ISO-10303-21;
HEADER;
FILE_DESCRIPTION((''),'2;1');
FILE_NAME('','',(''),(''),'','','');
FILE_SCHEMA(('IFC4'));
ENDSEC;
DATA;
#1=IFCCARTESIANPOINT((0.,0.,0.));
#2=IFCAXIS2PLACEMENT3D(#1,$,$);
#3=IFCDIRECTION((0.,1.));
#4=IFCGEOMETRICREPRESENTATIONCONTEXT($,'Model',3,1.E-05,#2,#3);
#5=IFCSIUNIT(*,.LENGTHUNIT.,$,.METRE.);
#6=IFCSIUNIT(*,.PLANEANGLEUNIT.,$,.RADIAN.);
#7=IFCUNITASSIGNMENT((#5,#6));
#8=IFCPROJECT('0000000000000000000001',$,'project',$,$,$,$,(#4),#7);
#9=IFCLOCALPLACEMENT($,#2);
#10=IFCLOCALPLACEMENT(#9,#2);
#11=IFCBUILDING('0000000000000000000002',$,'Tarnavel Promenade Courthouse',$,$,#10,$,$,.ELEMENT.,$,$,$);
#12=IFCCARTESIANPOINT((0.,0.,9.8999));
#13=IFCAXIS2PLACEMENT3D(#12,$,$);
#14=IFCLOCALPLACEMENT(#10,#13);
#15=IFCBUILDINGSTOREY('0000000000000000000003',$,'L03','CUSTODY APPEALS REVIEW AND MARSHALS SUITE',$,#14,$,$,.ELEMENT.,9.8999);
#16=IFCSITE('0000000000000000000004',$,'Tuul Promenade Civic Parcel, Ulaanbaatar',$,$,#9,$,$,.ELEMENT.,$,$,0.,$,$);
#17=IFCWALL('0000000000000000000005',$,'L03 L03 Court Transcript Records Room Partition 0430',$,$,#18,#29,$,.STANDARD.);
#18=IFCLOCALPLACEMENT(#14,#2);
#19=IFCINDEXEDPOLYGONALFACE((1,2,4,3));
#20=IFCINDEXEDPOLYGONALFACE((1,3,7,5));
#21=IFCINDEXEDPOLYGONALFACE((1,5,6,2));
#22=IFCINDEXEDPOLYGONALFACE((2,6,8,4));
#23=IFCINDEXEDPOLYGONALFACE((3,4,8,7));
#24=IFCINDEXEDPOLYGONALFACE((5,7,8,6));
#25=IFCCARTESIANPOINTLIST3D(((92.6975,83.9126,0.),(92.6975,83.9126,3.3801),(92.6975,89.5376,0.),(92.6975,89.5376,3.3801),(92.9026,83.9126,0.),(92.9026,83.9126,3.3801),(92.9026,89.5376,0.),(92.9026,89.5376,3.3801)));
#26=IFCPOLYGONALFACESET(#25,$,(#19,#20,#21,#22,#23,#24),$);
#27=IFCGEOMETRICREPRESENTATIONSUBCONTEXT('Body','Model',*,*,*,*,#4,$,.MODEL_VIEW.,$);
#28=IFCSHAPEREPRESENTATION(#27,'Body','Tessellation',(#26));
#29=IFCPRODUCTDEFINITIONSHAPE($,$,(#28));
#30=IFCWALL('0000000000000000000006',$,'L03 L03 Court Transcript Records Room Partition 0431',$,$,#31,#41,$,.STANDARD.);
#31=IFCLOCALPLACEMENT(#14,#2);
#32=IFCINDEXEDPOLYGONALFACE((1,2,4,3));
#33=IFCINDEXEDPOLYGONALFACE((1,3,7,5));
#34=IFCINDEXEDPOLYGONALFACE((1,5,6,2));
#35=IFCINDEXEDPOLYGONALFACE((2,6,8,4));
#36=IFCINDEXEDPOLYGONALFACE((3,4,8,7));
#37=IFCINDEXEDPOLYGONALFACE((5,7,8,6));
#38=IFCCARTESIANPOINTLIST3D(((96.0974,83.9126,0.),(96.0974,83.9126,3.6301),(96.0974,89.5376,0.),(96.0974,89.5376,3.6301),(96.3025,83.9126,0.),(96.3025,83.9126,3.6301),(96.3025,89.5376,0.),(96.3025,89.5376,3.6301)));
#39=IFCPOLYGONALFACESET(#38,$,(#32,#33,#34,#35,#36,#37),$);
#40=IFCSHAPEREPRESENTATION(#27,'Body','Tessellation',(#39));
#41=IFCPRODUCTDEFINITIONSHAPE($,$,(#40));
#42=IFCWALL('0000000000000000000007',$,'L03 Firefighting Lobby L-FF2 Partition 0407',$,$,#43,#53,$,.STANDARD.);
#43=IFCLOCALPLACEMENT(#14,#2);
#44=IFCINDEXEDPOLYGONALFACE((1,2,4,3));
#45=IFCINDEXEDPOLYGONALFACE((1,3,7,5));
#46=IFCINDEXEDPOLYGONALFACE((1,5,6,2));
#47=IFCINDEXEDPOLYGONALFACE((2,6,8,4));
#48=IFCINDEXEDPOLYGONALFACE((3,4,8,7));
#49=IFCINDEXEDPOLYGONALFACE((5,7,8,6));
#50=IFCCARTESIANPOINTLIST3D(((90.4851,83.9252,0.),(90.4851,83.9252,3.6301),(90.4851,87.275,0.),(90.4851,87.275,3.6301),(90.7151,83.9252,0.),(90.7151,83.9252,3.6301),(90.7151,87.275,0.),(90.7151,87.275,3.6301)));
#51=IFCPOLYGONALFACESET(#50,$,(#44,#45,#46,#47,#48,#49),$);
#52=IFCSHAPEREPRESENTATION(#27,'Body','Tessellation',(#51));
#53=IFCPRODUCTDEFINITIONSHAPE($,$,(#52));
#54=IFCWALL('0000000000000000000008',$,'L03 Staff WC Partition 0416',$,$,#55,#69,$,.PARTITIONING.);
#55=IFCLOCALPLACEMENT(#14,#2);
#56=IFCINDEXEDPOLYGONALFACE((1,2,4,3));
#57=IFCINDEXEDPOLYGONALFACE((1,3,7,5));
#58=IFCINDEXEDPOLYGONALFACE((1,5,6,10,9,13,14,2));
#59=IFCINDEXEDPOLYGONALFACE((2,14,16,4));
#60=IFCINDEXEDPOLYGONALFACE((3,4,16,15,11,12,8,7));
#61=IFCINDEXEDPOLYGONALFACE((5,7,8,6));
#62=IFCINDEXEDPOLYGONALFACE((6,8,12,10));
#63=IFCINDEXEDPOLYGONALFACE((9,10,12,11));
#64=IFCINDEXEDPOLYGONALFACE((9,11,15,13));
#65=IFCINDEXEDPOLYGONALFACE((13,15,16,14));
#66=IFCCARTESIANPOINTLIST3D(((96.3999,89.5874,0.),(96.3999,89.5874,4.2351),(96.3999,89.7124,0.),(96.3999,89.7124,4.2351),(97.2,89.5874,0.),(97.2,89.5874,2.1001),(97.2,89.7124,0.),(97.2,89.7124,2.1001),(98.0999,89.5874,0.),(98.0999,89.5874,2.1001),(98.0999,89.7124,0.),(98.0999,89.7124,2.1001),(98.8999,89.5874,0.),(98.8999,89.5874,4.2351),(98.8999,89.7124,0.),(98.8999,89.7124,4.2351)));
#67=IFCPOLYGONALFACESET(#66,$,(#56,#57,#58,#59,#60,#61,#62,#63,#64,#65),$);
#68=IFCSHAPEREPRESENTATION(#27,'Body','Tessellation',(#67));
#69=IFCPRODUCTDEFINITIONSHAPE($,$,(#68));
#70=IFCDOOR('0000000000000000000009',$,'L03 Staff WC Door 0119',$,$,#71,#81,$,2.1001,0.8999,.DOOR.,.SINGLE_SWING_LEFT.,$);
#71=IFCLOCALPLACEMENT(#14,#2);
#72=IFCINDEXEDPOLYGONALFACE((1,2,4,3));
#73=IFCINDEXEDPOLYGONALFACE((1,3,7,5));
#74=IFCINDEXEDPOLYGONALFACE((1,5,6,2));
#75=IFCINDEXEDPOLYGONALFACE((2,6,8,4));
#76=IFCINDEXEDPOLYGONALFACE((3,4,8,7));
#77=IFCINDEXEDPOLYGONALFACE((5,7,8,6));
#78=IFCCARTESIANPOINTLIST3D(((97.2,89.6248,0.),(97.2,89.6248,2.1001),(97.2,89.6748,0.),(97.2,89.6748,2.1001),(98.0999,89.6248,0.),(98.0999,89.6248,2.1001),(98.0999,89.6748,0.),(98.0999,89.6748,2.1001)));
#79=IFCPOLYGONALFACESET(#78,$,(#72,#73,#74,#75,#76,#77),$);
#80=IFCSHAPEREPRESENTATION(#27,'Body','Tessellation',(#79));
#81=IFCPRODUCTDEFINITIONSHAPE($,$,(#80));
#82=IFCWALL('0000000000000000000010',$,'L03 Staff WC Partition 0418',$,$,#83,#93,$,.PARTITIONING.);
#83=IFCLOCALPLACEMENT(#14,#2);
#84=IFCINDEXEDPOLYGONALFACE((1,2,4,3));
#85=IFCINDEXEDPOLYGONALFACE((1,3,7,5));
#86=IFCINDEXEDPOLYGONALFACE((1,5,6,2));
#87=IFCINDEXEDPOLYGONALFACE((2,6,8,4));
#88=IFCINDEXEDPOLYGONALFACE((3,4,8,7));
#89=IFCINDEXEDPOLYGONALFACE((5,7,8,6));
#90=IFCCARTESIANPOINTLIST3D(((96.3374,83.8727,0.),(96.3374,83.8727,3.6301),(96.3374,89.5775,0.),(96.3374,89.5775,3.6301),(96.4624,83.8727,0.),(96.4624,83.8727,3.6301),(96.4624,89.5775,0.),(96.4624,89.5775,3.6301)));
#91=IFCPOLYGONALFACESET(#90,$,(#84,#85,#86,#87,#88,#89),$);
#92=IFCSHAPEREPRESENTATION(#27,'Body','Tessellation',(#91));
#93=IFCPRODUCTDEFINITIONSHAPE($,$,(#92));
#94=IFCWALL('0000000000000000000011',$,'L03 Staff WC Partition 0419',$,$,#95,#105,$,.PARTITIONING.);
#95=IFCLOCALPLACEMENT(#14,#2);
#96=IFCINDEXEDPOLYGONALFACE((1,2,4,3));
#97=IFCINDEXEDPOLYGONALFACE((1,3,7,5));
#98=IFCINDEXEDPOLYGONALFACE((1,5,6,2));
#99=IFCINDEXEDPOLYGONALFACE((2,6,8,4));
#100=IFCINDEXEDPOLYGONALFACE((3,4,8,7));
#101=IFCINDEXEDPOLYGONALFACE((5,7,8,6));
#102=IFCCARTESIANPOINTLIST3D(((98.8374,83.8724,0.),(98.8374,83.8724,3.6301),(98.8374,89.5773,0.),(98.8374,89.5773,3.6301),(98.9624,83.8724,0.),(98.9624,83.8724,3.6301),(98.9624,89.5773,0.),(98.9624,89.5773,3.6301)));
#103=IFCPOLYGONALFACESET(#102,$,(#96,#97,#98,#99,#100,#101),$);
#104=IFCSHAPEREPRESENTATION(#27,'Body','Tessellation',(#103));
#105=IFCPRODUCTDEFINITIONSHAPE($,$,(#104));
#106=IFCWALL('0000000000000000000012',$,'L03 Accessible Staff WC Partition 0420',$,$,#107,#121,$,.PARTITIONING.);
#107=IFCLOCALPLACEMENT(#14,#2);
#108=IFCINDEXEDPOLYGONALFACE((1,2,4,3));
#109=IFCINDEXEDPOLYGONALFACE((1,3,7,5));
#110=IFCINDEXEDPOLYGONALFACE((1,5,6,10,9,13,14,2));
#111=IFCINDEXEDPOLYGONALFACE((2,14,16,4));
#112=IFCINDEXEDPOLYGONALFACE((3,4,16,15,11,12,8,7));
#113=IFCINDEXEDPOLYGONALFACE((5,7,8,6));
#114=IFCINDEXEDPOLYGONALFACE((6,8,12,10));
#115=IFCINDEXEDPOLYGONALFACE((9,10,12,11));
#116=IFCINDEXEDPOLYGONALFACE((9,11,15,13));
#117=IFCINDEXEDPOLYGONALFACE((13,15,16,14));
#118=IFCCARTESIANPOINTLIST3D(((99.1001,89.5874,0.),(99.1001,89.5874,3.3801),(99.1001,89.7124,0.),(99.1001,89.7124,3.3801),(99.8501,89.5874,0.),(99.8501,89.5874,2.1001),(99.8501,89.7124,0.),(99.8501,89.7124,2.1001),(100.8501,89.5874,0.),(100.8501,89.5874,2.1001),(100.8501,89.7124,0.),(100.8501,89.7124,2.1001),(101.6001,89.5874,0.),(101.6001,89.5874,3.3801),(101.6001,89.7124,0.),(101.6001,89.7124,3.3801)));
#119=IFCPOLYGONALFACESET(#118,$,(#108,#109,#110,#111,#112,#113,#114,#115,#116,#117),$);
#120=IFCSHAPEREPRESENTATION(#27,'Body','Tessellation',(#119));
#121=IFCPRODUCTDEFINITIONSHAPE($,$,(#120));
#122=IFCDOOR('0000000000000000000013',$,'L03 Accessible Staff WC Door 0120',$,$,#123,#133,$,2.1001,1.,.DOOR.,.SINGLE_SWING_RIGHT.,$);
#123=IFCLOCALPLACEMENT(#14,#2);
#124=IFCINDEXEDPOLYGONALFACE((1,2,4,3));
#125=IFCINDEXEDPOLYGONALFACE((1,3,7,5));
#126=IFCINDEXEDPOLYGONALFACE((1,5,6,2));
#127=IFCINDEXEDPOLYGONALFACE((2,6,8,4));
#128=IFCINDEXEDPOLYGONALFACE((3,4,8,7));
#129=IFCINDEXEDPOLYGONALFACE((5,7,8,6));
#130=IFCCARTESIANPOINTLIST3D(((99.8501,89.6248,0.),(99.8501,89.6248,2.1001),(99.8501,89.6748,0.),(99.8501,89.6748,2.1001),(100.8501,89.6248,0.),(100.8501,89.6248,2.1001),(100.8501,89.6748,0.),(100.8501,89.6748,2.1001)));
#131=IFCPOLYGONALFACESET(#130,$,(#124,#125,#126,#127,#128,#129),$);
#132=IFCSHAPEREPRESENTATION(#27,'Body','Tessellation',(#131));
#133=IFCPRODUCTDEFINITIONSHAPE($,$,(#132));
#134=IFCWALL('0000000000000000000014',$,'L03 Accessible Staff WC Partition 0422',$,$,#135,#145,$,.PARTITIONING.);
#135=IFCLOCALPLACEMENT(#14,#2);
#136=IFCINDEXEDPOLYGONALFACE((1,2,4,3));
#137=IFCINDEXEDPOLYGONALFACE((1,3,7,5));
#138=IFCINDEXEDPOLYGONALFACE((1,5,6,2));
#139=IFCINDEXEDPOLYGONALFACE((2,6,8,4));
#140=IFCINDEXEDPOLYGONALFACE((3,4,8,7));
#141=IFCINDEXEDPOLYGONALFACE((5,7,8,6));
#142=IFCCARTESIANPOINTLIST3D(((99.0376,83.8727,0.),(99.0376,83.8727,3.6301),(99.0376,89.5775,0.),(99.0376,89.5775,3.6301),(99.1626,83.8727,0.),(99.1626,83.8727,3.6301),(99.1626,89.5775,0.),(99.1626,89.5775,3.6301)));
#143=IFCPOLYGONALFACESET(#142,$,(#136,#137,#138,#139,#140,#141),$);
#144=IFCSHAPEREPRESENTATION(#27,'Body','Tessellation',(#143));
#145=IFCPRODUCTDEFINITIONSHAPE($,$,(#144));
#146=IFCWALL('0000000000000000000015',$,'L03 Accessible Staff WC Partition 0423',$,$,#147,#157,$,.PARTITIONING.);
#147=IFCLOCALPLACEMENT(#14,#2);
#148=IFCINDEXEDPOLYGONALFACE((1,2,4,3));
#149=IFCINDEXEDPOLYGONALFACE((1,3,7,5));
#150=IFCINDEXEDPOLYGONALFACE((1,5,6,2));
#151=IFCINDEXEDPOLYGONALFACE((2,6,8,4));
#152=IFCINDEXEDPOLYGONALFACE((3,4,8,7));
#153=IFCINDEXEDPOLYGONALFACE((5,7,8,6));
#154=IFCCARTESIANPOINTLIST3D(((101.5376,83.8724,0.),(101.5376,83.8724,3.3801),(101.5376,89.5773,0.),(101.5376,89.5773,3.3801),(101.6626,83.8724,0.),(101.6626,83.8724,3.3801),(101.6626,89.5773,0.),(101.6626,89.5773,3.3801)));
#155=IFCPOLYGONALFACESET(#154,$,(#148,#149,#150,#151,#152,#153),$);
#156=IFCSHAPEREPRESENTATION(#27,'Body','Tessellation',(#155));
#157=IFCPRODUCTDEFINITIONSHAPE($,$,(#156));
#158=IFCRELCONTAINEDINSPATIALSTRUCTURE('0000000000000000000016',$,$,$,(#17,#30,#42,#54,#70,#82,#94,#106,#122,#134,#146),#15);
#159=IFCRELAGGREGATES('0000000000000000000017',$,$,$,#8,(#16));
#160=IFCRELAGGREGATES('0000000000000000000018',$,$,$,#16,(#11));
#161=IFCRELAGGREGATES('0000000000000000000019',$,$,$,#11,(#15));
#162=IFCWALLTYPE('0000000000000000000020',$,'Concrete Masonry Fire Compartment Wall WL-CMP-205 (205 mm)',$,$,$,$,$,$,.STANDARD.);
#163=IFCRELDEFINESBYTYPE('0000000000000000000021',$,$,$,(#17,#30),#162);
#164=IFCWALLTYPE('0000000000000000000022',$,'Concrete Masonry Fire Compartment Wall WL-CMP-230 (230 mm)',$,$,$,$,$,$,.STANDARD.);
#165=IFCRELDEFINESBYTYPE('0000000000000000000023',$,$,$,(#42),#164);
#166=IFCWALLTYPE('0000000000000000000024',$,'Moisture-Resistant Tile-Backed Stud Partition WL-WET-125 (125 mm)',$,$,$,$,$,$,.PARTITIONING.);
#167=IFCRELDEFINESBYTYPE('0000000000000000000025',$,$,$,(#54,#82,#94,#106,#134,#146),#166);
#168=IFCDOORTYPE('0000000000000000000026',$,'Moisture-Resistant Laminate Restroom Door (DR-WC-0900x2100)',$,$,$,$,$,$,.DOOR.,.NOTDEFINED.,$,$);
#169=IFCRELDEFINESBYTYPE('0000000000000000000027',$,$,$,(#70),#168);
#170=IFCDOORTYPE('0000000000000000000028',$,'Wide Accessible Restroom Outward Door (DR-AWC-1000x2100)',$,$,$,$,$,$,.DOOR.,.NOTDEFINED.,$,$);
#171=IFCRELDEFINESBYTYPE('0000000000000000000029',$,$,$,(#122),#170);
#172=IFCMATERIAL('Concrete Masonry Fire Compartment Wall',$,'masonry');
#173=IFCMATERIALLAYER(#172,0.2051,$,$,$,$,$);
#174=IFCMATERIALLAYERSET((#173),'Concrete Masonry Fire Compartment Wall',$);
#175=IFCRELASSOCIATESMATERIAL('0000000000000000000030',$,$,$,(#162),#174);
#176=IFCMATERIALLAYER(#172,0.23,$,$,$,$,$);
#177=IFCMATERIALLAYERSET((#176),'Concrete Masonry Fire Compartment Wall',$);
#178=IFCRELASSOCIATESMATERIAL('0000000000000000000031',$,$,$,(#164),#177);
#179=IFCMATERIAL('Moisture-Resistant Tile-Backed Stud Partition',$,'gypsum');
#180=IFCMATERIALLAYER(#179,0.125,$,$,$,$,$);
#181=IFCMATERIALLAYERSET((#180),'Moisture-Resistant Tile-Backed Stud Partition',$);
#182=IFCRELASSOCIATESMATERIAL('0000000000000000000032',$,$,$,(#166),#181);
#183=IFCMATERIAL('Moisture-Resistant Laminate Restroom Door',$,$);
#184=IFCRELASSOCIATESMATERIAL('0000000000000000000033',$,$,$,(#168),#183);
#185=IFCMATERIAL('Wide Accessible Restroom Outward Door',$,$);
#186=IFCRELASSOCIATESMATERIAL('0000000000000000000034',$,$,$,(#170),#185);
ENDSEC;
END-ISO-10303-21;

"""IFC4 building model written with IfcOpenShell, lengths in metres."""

from ifc_helpers import new_model, si_unit, direction, frame, frame_2d, origin, place, context, subcontext, project, spatial, rectangle, extrude, material, layer, layer_set, type_object, element, fill, save


model = new_model("IFC4")

# Units and contexts
model_context = context("Model", 3, precision=1e-05, world=origin(), true_north=direction((0.0, 1.0)))
body_context = subcontext(model_context, "Body", "Model", "MODEL_VIEW")
ifc_project = project(units=[si_unit("LENGTHUNIT", "METRE"), si_unit("PLANEANGLEUNIT", "RADIAN")], contexts=[model_context])

# Site, building, storey
site_placement = place(None, origin())
site = spatial("IfcSite", under=ifc_project, at=site_placement, Name="Tuul Promenade Civic Parcel, Ulaanbaatar", CompositionType="ELEMENT", RefElevation=0.0)
building_placement = place(site_placement, origin())
building = spatial("IfcBuilding", under=site, at=building_placement, Name="Tarnavel Promenade Courthouse", CompositionType="ELEMENT")
storey_placement = place(building_placement, frame((0.0, 0.0, 9.8999)))
storey = spatial("IfcBuildingStorey", under=building, at=storey_placement, Name="L03", Description="CUSTODY APPEALS REVIEW AND MARSHALS SUITE", CompositionType="ELEMENT", Elevation=9.8999)

# Shared definitions
ifc_material_1 = material(Name="Concrete Masonry Fire Compartment Wall", Category="masonry")
ifc_layer_1 = layer(ifc_material_1, 0.2051)
ifc_layer_set_1 = layer_set([ifc_layer_1], Name="Concrete Masonry Fire Compartment Wall")
wall_type_1 = type_object("IfcWallType", Name="Concrete Masonry Fire Compartment Wall WL-CMP-205 (205 mm)", PredefinedType="STANDARD", material=ifc_layer_set_1)

# Walls
wall_1_placement = place(storey_placement, frame((92.8, 83.9126, 0.0), z_axis=(0.0, 0.0, 1.0), x_axis=(0.0, 1.0, 0.0)))
element("IfcWall", 1, at=wall_1_placement, inside=storey, type_object=wall_type_1, Name="L03 L03 Court Transcript Records Room Partition 0430", PredefinedType="STANDARD", context=body_context, shape_type="SweptSolid", body=[
    extrude(rectangle(XDim=5.625, YDim=0.2051, at=frame_2d((2.8125, 0.0))), origin(), (0.0, 0.0, 1.0), 3.3801),
])
wall_2_placement = place(storey_placement, frame((96.2, 89.5376, 0.0), z_axis=(0.0, 0.0, 1.0), x_axis=(0.0, -1.0, 0.0)))
element("IfcWall", 2, at=wall_2_placement, inside=storey, type_object=wall_type_1, Name="L03 L03 Court Transcript Records Room Partition 0431", PredefinedType="STANDARD", context=body_context, shape_type="SweptSolid", body=[
    extrude(rectangle(XDim=5.625, YDim=0.2051, at=frame_2d((2.8125, 0.0))), origin(), (0.0, 0.0, 1.0), 3.6301),
])
ifc_layer_2 = layer(ifc_material_1, 0.23)
ifc_layer_set_2 = layer_set([ifc_layer_2], Name="Concrete Masonry Fire Compartment Wall")
wall_type_2 = type_object("IfcWallType", Name="Concrete Masonry Fire Compartment Wall WL-CMP-230 (230 mm)", PredefinedType="STANDARD", material=ifc_layer_set_2)
wall_3_placement = place(storey_placement, frame((90.6001, 87.2749, 0.0), z_axis=(0.0, 0.0, 1.0), x_axis=(0.0, -1.0, 0.0)))
element("IfcWall", 3, at=wall_3_placement, inside=storey, type_object=wall_type_2, Name="L03 Firefighting Lobby L-FF2 Partition 0407", PredefinedType="STANDARD", context=body_context, shape_type="SweptSolid", body=[
    extrude(rectangle(XDim=3.3499, YDim=0.23, at=frame_2d((1.6748, 0.0))), origin(), (0.0, 0.0, 1.0), 3.6301),
])

# Wall, opening, door
ifc_material_2 = material(Name="Moisture-Resistant Tile-Backed Stud Partition", Category="gypsum")
ifc_layer_3 = layer(ifc_material_2, 0.125)
ifc_layer_set_3 = layer_set([ifc_layer_3], Name="Moisture-Resistant Tile-Backed Stud Partition")
wall_type_3 = type_object("IfcWallType", Name="Moisture-Resistant Tile-Backed Stud Partition WL-WET-125 (125 mm)", PredefinedType="PARTITIONING", material=ifc_layer_set_3)
wall_4_placement = place(storey_placement, frame((96.3999, 89.6499, 0.0), z_axis=(0.0, 0.0, 1.0), x_axis=(1.0, 0.0, 0.0)))
wall_4 = element("IfcWall", 4, at=wall_4_placement, inside=storey, type_object=wall_type_3, Name="L03 Staff WC Partition 0416", PredefinedType="PARTITIONING", context=body_context, shape_type="SweptSolid", body=[
    extrude(rectangle(XDim=2.5, YDim=0.125, at=frame_2d((1.25, 0.0))), origin(), (0.0, 0.0, 1.0), 4.2351),
])
opening_1_placement = place(wall_4_placement, frame((0.8, 0.0, 0.0)))
opening_1 = element("IfcOpeningElement", 5, at=opening_1_placement, cuts=wall_4, PredefinedType="OPENING", context=body_context, shape_type="SweptSolid", body=[
    extrude(rectangle(XDim=0.8999, YDim=2.1001, at=frame_2d((0.45, 1.05))), frame((0.0, 0.0725, 0.0), z_axis=(0.0, -1.0, 0.0), x_axis=(1.0, 0.0, 0.0)), (0.0, 0.0, 1.0), 0.145),
])
ifc_material_3 = material(Name="Moisture-Resistant Laminate Restroom Door")
door_type_1 = type_object("IfcDoorType", Name="Moisture-Resistant Laminate Restroom Door (DR-WC-0900x2100)", OperationType="NOTDEFINED", PredefinedType="DOOR", material=ifc_material_3)
door_1_placement = place(opening_1_placement, origin())
door_1 = element("IfcDoor", 6, at=door_1_placement, inside=storey, type_object=door_type_1, Name="L03 Staff WC Door 0119", OperationType="SINGLE_SWING_LEFT", OverallHeight=2.1001, OverallWidth=0.8999, PredefinedType="DOOR", context=body_context, shape_type="SweptSolid", body=[
    extrude(rectangle(XDim=0.8999, YDim=2.1001, at=frame_2d((0.45, 1.05))), frame((0.0, 0.0249, 0.0), z_axis=(0.0, -1.0, 0.0), x_axis=(1.0, 0.0, 0.0)), (0.0, 0.0, 1.0), 0.05),
])
fill(opening_1, door_1)

# Walls
for number, where, z_axis, x_axis, name in (
    (7, (96.3999, 83.8726, 0.0), (0.0, 0.0, 1.0), (0.0, 1.0, 0.0), "L03 Staff WC Partition 0418"),
    (8, (98.8999, 89.5774, 0.0), (0.0, 0.0, 1.0), (0.0, -1.0, 0.0), "L03 Staff WC Partition 0419"),
):
    element("IfcWall", number, at=place(storey_placement, frame(where, z_axis=z_axis, x_axis=x_axis)), inside=storey, type_object=wall_type_3, Name=name, PredefinedType="PARTITIONING", context=body_context, shape_type="SweptSolid", body=[
        extrude(rectangle(XDim=5.7048, YDim=0.125, at=frame_2d((2.8525, 0.0))), origin(), (0.0, 0.0, 1.0), 3.6301),
    ])

# Wall, opening, door
wall_5_placement = place(storey_placement, frame((99.1001, 89.6499, 0.0), z_axis=(0.0, 0.0, 1.0), x_axis=(1.0, 0.0, 0.0)))
wall_5 = element("IfcWall", 9, at=wall_5_placement, inside=storey, type_object=wall_type_3, Name="L03 Accessible Staff WC Partition 0420", PredefinedType="PARTITIONING", context=body_context, shape_type="SweptSolid", body=[
    extrude(rectangle(XDim=2.5, YDim=0.125, at=frame_2d((1.25, 0.0))), origin(), (0.0, 0.0, 1.0), 3.3801),
])
opening_2_placement = place(wall_5_placement, frame((0.75, 0.0, 0.0)))
opening_2 = element("IfcOpeningElement", 10, at=opening_2_placement, cuts=wall_5, PredefinedType="OPENING", context=body_context, shape_type="SweptSolid", body=[
    extrude(rectangle(XDim=1.0, YDim=2.1001, at=frame_2d((0.5, 1.05))), frame((0.0, 0.0725, 0.0), z_axis=(0.0, -1.0, 0.0), x_axis=(1.0, 0.0, 0.0)), (0.0, 0.0, 1.0), 0.145),
])
ifc_material_4 = material(Name="Wide Accessible Restroom Outward Door")
door_type_2 = type_object("IfcDoorType", Name="Wide Accessible Restroom Outward Door (DR-AWC-1000x2100)", OperationType="NOTDEFINED", PredefinedType="DOOR", material=ifc_material_4)
door_2_placement = place(opening_2_placement, origin())
door_2 = element("IfcDoor", 11, at=door_2_placement, inside=storey, type_object=door_type_2, Name="L03 Accessible Staff WC Door 0120", OperationType="SINGLE_SWING_RIGHT", OverallHeight=2.1001, OverallWidth=1.0, PredefinedType="DOOR", context=body_context, shape_type="SweptSolid", body=[
    extrude(rectangle(XDim=1.0, YDim=2.1001, at=frame_2d((0.5, 1.05))), frame((0.0, 0.0249, 0.0), z_axis=(0.0, -1.0, 0.0), x_axis=(1.0, 0.0, 0.0)), (0.0, 0.0, 1.0), 0.05),
])
fill(opening_2, door_2)

# Walls
wall_6_placement = place(storey_placement, frame((99.1001, 83.8726, 0.0), z_axis=(0.0, 0.0, 1.0), x_axis=(0.0, 1.0, 0.0)))
element("IfcWall", 12, at=wall_6_placement, inside=storey, type_object=wall_type_3, Name="L03 Accessible Staff WC Partition 0422", PredefinedType="PARTITIONING", context=body_context, shape_type="SweptSolid", body=[
    extrude(rectangle(XDim=5.7048, YDim=0.125, at=frame_2d((2.8525, 0.0))), origin(), (0.0, 0.0, 1.0), 3.6301),
])
wall_7_placement = place(storey_placement, frame((101.6001, 89.5774, 0.0), z_axis=(0.0, 0.0, 1.0), x_axis=(0.0, -1.0, 0.0)))
element("IfcWall", 13, at=wall_7_placement, inside=storey, type_object=wall_type_3, Name="L03 Accessible Staff WC Partition 0423", PredefinedType="PARTITIONING", context=body_context, shape_type="SweptSolid", body=[
    extrude(rectangle(XDim=5.7048, YDim=0.125, at=frame_2d((2.8525, 0.0))), origin(), (0.0, 0.0, 1.0), 3.3801),
])

save(model, "model.ifc")
